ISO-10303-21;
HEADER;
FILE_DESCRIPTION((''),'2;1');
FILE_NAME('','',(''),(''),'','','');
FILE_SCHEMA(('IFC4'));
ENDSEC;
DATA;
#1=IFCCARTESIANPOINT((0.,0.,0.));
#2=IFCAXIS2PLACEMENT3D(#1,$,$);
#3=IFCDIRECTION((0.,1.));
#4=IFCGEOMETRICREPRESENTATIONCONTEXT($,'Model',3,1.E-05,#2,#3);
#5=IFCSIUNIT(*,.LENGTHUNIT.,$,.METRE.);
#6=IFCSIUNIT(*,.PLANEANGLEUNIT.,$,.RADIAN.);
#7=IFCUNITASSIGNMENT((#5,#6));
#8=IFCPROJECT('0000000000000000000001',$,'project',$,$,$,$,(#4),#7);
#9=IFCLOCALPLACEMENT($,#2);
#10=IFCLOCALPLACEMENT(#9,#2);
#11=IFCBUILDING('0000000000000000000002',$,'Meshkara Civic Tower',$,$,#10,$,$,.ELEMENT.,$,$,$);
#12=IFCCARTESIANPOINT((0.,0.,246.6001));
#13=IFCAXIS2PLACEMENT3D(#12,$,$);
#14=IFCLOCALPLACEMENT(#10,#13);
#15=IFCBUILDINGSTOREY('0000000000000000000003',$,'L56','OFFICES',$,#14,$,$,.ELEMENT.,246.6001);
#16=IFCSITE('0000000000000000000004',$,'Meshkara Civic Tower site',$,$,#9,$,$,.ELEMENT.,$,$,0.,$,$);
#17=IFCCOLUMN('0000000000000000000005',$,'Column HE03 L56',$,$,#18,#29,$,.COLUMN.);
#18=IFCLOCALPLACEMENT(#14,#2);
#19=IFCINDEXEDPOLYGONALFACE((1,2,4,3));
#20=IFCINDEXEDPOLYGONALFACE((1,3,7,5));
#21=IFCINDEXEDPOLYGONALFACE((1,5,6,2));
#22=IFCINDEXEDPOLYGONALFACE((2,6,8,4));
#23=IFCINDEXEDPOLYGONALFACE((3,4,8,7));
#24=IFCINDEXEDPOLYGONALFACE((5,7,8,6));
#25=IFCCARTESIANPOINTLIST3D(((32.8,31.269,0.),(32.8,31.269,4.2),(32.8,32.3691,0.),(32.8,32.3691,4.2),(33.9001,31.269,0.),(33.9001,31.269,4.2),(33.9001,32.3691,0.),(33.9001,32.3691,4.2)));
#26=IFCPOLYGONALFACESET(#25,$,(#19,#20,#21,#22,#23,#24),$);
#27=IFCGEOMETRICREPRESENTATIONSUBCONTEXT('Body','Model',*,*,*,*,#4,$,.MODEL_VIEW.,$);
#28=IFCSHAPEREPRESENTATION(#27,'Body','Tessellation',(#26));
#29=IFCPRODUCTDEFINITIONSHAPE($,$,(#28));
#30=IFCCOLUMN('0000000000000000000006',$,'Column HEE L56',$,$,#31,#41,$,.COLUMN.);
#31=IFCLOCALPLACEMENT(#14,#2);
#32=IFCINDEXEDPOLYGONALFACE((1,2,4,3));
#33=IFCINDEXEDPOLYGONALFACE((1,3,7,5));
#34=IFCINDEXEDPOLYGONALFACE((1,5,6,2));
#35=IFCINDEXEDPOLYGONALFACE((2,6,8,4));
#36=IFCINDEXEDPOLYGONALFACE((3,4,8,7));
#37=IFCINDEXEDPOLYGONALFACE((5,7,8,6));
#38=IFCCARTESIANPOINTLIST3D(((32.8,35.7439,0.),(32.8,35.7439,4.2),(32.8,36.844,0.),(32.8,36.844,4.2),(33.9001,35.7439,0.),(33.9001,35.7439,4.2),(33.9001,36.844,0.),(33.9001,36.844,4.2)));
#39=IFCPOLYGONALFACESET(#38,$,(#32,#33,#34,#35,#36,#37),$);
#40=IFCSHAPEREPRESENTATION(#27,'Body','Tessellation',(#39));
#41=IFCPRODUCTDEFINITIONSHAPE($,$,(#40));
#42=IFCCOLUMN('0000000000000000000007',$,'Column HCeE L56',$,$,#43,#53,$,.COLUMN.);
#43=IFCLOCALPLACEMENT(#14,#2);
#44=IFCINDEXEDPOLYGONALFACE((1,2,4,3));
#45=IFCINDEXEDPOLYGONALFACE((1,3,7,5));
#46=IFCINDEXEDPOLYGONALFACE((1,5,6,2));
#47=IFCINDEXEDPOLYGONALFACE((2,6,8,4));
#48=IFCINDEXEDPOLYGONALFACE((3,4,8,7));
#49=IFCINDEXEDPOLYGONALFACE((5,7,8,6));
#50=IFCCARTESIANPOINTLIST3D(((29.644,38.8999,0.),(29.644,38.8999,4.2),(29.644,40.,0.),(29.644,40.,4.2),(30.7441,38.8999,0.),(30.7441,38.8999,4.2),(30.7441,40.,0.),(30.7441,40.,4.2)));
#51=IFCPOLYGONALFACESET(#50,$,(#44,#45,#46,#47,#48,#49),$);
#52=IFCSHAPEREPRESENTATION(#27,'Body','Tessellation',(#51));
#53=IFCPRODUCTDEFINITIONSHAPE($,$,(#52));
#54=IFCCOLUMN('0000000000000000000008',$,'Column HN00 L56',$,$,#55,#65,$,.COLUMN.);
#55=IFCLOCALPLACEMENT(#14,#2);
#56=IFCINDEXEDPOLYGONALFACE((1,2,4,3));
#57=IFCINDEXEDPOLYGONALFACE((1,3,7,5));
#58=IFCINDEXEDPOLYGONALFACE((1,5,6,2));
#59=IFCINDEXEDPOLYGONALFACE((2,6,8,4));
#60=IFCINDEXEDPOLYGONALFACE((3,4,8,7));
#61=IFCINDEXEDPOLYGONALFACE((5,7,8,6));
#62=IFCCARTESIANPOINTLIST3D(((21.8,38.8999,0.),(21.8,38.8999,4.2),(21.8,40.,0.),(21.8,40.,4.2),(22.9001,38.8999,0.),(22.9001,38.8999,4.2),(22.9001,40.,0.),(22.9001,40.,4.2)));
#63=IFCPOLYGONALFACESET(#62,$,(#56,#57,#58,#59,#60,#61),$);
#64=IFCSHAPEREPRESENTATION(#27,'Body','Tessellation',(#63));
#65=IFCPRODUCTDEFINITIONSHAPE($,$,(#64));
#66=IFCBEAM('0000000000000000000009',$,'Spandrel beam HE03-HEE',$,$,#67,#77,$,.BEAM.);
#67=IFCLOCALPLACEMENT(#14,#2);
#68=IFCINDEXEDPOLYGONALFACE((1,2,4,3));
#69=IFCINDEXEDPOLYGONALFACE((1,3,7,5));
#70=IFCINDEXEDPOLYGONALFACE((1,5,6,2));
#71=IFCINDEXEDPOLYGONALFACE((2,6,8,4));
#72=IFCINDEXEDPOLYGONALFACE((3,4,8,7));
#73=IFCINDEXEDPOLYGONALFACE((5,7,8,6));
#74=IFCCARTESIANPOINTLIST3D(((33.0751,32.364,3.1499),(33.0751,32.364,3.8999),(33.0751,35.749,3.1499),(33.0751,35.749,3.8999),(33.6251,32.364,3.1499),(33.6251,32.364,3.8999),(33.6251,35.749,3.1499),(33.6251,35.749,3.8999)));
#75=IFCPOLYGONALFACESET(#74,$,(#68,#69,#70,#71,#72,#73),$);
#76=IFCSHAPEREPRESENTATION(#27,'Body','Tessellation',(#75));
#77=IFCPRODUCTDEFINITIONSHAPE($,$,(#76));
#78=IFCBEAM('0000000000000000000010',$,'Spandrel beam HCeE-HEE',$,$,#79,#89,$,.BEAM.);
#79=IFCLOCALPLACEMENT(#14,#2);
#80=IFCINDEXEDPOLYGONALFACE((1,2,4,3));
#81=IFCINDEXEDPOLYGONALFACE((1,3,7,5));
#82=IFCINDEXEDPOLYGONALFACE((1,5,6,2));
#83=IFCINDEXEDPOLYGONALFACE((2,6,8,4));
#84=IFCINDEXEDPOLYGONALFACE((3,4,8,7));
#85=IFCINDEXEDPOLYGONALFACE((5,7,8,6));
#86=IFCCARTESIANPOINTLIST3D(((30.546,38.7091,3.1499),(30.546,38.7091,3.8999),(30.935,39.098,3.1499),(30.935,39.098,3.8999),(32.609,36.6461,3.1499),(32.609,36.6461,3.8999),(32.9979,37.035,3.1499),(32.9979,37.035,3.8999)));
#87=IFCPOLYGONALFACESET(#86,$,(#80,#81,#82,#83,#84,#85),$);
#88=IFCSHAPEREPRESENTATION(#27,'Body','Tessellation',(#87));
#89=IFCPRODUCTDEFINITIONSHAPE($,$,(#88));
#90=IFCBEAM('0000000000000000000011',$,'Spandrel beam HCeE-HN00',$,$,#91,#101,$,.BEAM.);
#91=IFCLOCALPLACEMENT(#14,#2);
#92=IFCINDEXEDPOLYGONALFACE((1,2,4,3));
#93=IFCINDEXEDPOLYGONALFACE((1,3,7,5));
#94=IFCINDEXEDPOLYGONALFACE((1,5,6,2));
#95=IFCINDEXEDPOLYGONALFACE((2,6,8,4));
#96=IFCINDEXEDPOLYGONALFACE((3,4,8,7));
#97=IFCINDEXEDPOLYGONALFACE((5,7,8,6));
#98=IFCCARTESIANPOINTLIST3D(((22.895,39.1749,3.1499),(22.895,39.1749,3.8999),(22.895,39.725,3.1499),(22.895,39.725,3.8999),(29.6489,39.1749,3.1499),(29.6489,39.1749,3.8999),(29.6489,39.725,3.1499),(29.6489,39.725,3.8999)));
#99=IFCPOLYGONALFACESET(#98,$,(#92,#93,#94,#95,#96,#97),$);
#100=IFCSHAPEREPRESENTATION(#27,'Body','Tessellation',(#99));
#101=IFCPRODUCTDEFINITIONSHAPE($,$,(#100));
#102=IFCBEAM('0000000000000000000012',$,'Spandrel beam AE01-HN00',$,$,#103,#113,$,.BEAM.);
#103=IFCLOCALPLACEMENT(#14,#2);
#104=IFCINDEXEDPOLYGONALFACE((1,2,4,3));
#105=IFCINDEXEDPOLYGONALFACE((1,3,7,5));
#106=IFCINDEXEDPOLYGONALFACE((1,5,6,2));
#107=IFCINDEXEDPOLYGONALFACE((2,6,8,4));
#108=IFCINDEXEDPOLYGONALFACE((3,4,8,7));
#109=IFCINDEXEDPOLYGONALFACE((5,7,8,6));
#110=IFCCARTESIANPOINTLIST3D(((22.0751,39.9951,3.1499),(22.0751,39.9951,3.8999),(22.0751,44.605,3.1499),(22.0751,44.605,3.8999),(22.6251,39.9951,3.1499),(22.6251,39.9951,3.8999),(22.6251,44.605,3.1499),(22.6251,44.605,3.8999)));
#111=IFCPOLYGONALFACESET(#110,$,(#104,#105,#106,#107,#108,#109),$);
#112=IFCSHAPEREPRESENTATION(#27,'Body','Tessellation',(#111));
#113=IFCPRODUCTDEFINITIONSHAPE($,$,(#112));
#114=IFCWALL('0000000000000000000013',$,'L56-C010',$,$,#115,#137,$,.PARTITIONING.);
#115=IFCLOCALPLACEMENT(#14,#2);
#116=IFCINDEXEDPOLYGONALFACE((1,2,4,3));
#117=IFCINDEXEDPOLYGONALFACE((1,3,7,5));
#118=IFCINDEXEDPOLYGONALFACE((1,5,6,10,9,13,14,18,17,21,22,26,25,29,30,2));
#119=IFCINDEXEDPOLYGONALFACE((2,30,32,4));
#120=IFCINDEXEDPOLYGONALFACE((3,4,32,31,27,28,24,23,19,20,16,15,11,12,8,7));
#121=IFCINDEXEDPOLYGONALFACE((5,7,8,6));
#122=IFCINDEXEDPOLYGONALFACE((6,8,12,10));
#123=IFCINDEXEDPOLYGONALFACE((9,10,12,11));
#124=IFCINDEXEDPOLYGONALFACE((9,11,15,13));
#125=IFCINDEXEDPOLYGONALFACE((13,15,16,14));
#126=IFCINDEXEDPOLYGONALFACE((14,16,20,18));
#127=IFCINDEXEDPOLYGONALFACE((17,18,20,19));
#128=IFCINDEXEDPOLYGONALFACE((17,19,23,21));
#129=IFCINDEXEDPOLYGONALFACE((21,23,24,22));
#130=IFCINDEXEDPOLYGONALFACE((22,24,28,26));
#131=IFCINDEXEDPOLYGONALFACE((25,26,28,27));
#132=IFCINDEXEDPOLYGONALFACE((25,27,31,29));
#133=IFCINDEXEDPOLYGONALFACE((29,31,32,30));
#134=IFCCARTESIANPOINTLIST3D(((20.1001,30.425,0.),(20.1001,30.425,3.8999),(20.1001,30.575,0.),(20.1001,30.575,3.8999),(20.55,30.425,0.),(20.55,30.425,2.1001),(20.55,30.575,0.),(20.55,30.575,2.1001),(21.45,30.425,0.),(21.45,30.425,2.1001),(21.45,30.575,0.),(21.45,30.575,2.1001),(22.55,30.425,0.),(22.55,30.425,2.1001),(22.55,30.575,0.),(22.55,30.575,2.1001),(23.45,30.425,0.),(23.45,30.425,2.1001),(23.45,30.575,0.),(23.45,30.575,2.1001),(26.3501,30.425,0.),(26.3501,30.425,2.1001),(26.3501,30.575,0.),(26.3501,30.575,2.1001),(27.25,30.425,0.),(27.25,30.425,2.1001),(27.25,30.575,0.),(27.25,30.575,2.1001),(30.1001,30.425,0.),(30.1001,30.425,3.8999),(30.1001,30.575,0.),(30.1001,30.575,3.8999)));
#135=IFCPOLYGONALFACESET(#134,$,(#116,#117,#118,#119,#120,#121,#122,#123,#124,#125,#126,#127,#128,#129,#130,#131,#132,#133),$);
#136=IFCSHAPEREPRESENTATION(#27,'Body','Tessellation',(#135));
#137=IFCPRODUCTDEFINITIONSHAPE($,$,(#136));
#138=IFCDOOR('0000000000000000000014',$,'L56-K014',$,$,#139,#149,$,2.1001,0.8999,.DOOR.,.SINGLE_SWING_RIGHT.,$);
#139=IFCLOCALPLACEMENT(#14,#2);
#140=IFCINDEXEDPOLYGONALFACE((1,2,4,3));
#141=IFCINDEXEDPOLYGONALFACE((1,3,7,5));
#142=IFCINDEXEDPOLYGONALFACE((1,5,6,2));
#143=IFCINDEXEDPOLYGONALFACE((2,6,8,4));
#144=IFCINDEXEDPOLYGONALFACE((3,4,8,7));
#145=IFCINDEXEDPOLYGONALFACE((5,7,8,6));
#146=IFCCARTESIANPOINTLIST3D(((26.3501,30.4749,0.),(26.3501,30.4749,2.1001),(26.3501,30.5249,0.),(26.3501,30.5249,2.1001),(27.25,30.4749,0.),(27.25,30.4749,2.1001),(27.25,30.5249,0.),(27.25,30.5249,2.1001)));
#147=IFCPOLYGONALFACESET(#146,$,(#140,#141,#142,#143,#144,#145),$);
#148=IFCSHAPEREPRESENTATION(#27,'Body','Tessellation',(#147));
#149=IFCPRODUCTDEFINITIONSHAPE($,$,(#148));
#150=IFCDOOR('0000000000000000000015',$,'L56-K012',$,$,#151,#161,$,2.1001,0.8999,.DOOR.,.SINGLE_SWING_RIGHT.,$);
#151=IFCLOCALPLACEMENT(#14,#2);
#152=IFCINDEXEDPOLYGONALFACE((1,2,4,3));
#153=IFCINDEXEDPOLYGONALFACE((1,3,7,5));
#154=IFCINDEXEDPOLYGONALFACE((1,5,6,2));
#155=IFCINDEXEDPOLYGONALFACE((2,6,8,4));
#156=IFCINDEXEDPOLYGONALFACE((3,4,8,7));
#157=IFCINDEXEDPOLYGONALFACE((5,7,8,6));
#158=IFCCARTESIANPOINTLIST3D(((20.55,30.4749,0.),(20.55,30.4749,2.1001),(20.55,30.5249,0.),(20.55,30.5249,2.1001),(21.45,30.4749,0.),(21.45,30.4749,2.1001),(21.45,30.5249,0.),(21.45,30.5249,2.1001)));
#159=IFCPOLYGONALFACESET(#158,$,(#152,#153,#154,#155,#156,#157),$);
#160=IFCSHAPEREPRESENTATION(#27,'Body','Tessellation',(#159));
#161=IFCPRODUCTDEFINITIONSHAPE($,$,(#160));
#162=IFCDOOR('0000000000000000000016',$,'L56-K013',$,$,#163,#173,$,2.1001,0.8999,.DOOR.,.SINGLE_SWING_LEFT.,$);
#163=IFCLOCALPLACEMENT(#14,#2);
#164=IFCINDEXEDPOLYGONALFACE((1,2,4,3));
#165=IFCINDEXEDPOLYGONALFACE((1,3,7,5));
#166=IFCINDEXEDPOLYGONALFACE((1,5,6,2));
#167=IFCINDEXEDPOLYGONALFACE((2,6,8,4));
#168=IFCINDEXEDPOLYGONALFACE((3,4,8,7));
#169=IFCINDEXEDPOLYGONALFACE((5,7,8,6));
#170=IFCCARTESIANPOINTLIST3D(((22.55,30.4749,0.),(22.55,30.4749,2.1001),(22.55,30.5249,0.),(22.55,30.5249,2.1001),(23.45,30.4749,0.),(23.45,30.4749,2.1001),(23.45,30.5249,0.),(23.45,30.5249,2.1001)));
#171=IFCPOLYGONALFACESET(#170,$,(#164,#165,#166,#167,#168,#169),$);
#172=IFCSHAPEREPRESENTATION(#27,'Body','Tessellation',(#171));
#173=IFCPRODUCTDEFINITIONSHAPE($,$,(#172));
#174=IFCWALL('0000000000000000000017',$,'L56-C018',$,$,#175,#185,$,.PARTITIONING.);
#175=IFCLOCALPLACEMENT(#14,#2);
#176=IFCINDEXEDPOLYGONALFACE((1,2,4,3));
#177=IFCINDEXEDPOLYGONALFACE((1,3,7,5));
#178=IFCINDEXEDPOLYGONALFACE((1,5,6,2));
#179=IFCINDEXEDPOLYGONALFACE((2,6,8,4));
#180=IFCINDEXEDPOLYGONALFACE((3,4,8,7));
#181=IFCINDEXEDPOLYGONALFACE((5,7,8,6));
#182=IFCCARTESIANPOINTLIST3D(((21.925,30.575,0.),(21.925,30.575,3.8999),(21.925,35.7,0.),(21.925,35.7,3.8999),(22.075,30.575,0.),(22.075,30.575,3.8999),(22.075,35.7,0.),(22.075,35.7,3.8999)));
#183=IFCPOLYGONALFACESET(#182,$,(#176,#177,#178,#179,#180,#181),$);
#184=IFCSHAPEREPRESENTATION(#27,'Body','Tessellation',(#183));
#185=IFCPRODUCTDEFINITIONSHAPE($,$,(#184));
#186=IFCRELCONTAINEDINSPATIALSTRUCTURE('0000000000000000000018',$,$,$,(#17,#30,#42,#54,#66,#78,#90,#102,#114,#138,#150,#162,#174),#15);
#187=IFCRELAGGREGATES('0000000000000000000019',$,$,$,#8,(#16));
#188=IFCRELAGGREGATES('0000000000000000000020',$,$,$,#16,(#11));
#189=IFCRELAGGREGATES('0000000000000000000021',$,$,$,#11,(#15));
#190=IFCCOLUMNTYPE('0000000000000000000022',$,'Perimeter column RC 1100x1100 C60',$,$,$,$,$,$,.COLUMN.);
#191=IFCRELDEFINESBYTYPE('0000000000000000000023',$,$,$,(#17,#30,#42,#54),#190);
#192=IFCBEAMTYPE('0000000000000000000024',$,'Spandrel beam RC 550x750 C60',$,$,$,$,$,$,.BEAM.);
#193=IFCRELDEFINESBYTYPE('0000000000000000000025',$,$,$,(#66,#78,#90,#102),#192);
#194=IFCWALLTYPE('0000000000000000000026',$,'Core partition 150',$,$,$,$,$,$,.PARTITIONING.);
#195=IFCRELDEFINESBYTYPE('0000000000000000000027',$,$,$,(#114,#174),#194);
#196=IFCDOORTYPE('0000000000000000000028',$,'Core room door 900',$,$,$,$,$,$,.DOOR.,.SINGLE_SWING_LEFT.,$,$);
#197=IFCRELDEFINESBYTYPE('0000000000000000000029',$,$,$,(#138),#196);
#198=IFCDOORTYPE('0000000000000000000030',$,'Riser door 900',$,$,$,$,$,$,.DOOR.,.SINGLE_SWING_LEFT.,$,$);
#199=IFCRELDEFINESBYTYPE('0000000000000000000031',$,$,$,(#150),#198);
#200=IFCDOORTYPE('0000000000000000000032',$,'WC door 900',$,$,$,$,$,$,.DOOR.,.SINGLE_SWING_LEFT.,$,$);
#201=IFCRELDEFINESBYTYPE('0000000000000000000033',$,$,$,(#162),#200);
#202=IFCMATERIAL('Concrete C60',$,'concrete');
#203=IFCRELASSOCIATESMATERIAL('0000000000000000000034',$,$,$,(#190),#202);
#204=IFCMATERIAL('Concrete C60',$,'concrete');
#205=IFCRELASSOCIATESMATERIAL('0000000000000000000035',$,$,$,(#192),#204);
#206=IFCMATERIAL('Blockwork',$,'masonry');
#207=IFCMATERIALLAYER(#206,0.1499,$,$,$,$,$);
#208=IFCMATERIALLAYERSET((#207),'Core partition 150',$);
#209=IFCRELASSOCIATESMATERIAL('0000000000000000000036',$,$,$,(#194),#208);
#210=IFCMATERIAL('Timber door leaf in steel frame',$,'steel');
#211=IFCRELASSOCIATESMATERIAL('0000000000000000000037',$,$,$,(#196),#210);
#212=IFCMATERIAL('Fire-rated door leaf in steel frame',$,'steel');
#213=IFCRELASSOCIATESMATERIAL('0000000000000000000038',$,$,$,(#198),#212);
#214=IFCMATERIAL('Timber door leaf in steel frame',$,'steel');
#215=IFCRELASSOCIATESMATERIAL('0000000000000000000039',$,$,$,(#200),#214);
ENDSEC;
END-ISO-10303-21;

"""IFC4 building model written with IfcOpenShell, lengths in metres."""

from ifc_helpers import new_model, si_unit, direction, frame, frame_2d, origin, origin_2d, place, context, subcontext, project, spatial, rectangle, extrude, material, layer, layer_set, material_profile, profile_set, type_object, element, fill, save


model = new_model("IFC4")

# Units and contexts
model_context = context("Model", 3, precision=1e-05, world=origin(), true_north=direction((0.0, 1.0)))
body_context = subcontext(model_context, "Body", "Model", "MODEL_VIEW")
ifc_project = project(units=[si_unit("LENGTHUNIT", "METRE"), si_unit("PLANEANGLEUNIT", "RADIAN")], contexts=[model_context])

# Site, building, storey
site_placement = place(None, origin())
site = spatial("IfcSite", under=ifc_project, at=site_placement, Name="Meshkara Civic Tower site", CompositionType="ELEMENT", RefElevation=0.0)
building_placement = place(site_placement, origin())
building = spatial("IfcBuilding", under=site, at=building_placement, Name="Meshkara Civic Tower", CompositionType="ELEMENT")
storey_placement = place(building_placement, frame((0.0, 0.0, 246.6001)))
storey = spatial("IfcBuildingStorey", under=building, at=storey_placement, Name="L56", Description="OFFICES", CompositionType="ELEMENT", Elevation=246.6001)

# Columns
ifc_material_1 = material(Name="Concrete C60", Category="concrete")
ifc_material_profile_1 = material_profile(ifc_material_1, rectangle(XDim=1.1001, YDim=1.1001, at=origin_2d()))
ifc_profile_set_1 = profile_set([ifc_material_profile_1], Name="Concrete C60")
column_type = type_object("IfcColumnType", Name="Perimeter column RC 1100x1100 C60", PredefinedType="COLUMN", material=ifc_profile_set_1)
for number, where, z_axis, x_axis, name in (
    (1, (33.3501, 31.8191, 0.0), (0.0, 0.0, 1.0), (1.0, 0.0, 0.0), "Column HE03 L56"),
    (2, (33.3501, 36.2939, 0.0), (0.0, 0.0, 1.0), (1.0, 0.0, 0.0), "Column HEE L56"),
    (3, (30.1941, 39.45, 0.0), (0.0, 0.0, 1.0), (1.0, 0.0, 0.0), "Column HCeE L56"),
    (4, (22.3501, 39.45, 0.0), (0.0, 0.0, 1.0), (1.0, 0.0, 0.0), "Column HN00 L56"),
):
    element("IfcColumn", number, at=place(storey_placement, frame(where, z_axis=z_axis, x_axis=x_axis)), inside=storey, type_object=column_type, Name=name, PredefinedType="COLUMN", context=body_context, shape_type="SweptSolid", body=[
        extrude(rectangle(XDim=1.1001, YDim=1.1001, at=origin_2d()), origin(), (0.0, 0.0, 1.0), 4.2),
    ])

# Beams
ifc_material_2 = material(Name="Concrete C60", Category="concrete")
ifc_material_profile_2 = material_profile(ifc_material_2, rectangle(XDim=0.55, YDim=0.75, at=origin_2d()))
ifc_profile_set_2 = profile_set([ifc_material_profile_2], Name="Concrete C60")
beam_type = type_object("IfcBeamType", Name="Spandrel beam RC 550x750 C60", PredefinedType="BEAM", material=ifc_profile_set_2)
beam_1_placement = place(storey_placement, frame((33.3501, 32.364, 3.5249), z_axis=(0.0, 1.0, 0.0), x_axis=(-1.0, 0.0, 0.0)))
element("IfcBeam", 5, at=beam_1_placement, inside=storey, type_object=beam_type, Name="Spandrel beam HE03-HEE", PredefinedType="BEAM", context=body_context, shape_type="SweptSolid", body=[
    extrude(rectangle(XDim=0.55, YDim=0.75, at=origin_2d()), origin(), (0.0, 0.0, 1.0), 3.385),
])
beam_2_placement = place(storey_placement, frame((32.8035, 36.8406, 3.5249), z_axis=(-0.707107, 0.707107, 0.0), x_axis=(-0.707107, -0.707107, 0.0)))
element("IfcBeam", 6, at=beam_2_placement, inside=storey, type_object=beam_type, Name="Spandrel beam HCeE-HEE", PredefinedType="BEAM", context=body_context, shape_type="SweptSolid", body=[
    extrude(rectangle(XDim=0.55, YDim=0.75, at=origin_2d()), origin(), (0.0, 0.0, 1.0), 2.9175),
])
beam_3_placement = place(storey_placement, frame((29.6489, 39.45, 3.5249), z_axis=(-1.0, 0.0, 0.0), x_axis=(0.0, -1.0, 0.0)))
element("IfcBeam", 7, at=beam_3_placement, inside=storey, type_object=beam_type, Name="Spandrel beam HCeE-HN00", PredefinedType="BEAM", context=body_context, shape_type="SweptSolid", body=[
    extrude(rectangle(XDim=0.55, YDim=0.75, at=origin_2d()), origin(), (0.0, 0.0, 1.0), 6.7539),
])
beam_4_placement = place(storey_placement, frame((22.3501, 39.9951, 3.5249), z_axis=(0.0, 1.0, 0.0), x_axis=(-1.0, 0.0, 0.0)))
element("IfcBeam", 8, at=beam_4_placement, inside=storey, type_object=beam_type, Name="Spandrel beam AE01-HN00", PredefinedType="BEAM", context=body_context, shape_type="SweptSolid", body=[
    extrude(rectangle(XDim=0.55, YDim=0.75, at=origin_2d()), origin(), (0.0, 0.0, 1.0), 4.6099),
])

# Wall, openings, doors
ifc_material_3 = material(Name="Blockwork", Category="masonry")
ifc_layer_1 = layer(ifc_material_3, 0.1499)
ifc_layer_set_1 = layer_set([ifc_layer_1], Name="Core partition 150")
wall_type_1 = type_object("IfcWallType", Name="Core partition 150", PredefinedType="PARTITIONING", material=ifc_layer_set_1)
wall_1_placement = place(storey_placement, frame((20.1001, 30.5, 0.0), z_axis=(0.0, 0.0, 1.0), x_axis=(1.0, 0.0, 0.0)))
wall_1 = element("IfcWall", 9, at=wall_1_placement, inside=storey, type_object=wall_type_1, Name="L56-C010", PredefinedType="PARTITIONING", context=body_context, shape_type="SweptSolid", body=[
    extrude(rectangle(XDim=10.0, YDim=0.1499, at=frame_2d((5.0, 0.0))), origin(), (0.0, 0.0, 1.0), 3.8999),
])
opening_1_placement = place(wall_1_placement, frame((0.45, 0.0, 0.0)))
opening_1 = element("IfcOpeningElement", 10, at=opening_1_placement, cuts=wall_1, PredefinedType="OPENING", context=body_context, shape_type="SweptSolid", body=[
    extrude(rectangle(XDim=0.8999, YDim=2.1001, at=frame_2d((0.45, 1.05))), frame((0.0, 0.085, 0.0), z_axis=(0.0, -1.0, 0.0), x_axis=(1.0, 0.0, 0.0)), (0.0, 0.0, 1.0), 0.1699),
])
opening_2_placement = place(wall_1_placement, frame((2.45, 0.0, 0.0)))
opening_2 = element("IfcOpeningElement", 11, at=opening_2_placement, cuts=wall_1, PredefinedType="OPENING", context=body_context, shape_type="SweptSolid", body=[
    extrude(rectangle(XDim=0.8999, YDim=2.1001, at=frame_2d((0.45, 1.05))), frame((0.0, 0.085, 0.0), z_axis=(0.0, -1.0, 0.0), x_axis=(1.0, 0.0, 0.0)), (0.0, 0.0, 1.0), 0.1699),
])
opening_3_placement = place(wall_1_placement, frame((6.25, 0.0, 0.0)))
opening_3 = element("IfcOpeningElement", 12, at=opening_3_placement, cuts=wall_1, PredefinedType="OPENING", context=body_context, shape_type="SweptSolid", body=[
    extrude(rectangle(XDim=0.8999, YDim=2.1001, at=frame_2d((0.45, 1.05))), frame((0.0, 0.085, 0.0), z_axis=(0.0, -1.0, 0.0), x_axis=(1.0, 0.0, 0.0)), (0.0, 0.0, 1.0), 0.1699),
])
ifc_material_4 = material(Name="Timber door leaf in steel frame", Category="steel")
door_type_1 = type_object("IfcDoorType", Name="Core room door 900", OperationType="SINGLE_SWING_LEFT", PredefinedType="DOOR", material=ifc_material_4)
door_1_placement = place(opening_3_placement, origin())
door_1 = element("IfcDoor", 13, at=door_1_placement, inside=storey, type_object=door_type_1, Name="L56-K014", OperationType="SINGLE_SWING_RIGHT", OverallHeight=2.1001, OverallWidth=0.8999, PredefinedType="DOOR", context=body_context, shape_type="SweptSolid", body=[
    extrude(rectangle(XDim=0.8999, YDim=2.1001, at=frame_2d((0.45, 1.05))), frame((0.0, 0.0249, 0.0), z_axis=(0.0, -1.0, 0.0), x_axis=(1.0, 0.0, 0.0)), (0.0, 0.0, 1.0), 0.05),
])
fill(opening_3, door_1)
ifc_material_5 = material(Name="Fire-rated door leaf in steel frame", Category="steel")
door_type_2 = type_object("IfcDoorType", Name="Riser door 900", OperationType="SINGLE_SWING_LEFT", PredefinedType="DOOR", material=ifc_material_5)
door_2_placement = place(opening_1_placement, origin())
door_2 = element("IfcDoor", 14, at=door_2_placement, inside=storey, type_object=door_type_2, Name="L56-K012", OperationType="SINGLE_SWING_RIGHT", OverallHeight=2.1001, OverallWidth=0.8999, PredefinedType="DOOR", context=body_context, shape_type="SweptSolid", body=[
    extrude(rectangle(XDim=0.8999, YDim=2.1001, at=frame_2d((0.45, 1.05))), frame((0.0, 0.0249, 0.0), z_axis=(0.0, -1.0, 0.0), x_axis=(1.0, 0.0, 0.0)), (0.0, 0.0, 1.0), 0.05),
])
fill(opening_1, door_2)
ifc_material_6 = material(Name="Timber door leaf in steel frame", Category="steel")
door_type_3 = type_object("IfcDoorType", Name="WC door 900", OperationType="SINGLE_SWING_LEFT", PredefinedType="DOOR", material=ifc_material_6)
door_3_placement = place(opening_2_placement, origin())
door_3 = element("IfcDoor", 15, at=door_3_placement, inside=storey, type_object=door_type_3, Name="L56-K013", OperationType="SINGLE_SWING_LEFT", OverallHeight=2.1001, OverallWidth=0.8999, PredefinedType="DOOR", context=body_context, shape_type="SweptSolid", body=[
    extrude(rectangle(XDim=0.8999, YDim=2.1001, at=frame_2d((0.45, 1.05))), frame((0.0, 0.0249, 0.0), z_axis=(0.0, -1.0, 0.0), x_axis=(1.0, 0.0, 0.0)), (0.0, 0.0, 1.0), 0.05),
])
fill(opening_2, door_3)

# Wall
for number, where, z_axis, x_axis, name in (
    (16, (22.0, 30.575, 0.0), (0.0, 0.0, 1.0), (0.0, 1.0, 0.0), "L56-C018"),
):
    element("IfcWall", number, at=place(storey_placement, frame(where, z_axis=z_axis, x_axis=x_axis)), inside=storey, type_object=wall_type_1, Name=name, PredefinedType="PARTITIONING", context=body_context, shape_type="SweptSolid", body=[
        extrude(rectangle(XDim=5.125, YDim=0.1499, at=frame_2d((2.5625, 0.0))), origin(), (0.0, 0.0, 1.0), 3.8999),
    ])

save(model, "model.ifc")
